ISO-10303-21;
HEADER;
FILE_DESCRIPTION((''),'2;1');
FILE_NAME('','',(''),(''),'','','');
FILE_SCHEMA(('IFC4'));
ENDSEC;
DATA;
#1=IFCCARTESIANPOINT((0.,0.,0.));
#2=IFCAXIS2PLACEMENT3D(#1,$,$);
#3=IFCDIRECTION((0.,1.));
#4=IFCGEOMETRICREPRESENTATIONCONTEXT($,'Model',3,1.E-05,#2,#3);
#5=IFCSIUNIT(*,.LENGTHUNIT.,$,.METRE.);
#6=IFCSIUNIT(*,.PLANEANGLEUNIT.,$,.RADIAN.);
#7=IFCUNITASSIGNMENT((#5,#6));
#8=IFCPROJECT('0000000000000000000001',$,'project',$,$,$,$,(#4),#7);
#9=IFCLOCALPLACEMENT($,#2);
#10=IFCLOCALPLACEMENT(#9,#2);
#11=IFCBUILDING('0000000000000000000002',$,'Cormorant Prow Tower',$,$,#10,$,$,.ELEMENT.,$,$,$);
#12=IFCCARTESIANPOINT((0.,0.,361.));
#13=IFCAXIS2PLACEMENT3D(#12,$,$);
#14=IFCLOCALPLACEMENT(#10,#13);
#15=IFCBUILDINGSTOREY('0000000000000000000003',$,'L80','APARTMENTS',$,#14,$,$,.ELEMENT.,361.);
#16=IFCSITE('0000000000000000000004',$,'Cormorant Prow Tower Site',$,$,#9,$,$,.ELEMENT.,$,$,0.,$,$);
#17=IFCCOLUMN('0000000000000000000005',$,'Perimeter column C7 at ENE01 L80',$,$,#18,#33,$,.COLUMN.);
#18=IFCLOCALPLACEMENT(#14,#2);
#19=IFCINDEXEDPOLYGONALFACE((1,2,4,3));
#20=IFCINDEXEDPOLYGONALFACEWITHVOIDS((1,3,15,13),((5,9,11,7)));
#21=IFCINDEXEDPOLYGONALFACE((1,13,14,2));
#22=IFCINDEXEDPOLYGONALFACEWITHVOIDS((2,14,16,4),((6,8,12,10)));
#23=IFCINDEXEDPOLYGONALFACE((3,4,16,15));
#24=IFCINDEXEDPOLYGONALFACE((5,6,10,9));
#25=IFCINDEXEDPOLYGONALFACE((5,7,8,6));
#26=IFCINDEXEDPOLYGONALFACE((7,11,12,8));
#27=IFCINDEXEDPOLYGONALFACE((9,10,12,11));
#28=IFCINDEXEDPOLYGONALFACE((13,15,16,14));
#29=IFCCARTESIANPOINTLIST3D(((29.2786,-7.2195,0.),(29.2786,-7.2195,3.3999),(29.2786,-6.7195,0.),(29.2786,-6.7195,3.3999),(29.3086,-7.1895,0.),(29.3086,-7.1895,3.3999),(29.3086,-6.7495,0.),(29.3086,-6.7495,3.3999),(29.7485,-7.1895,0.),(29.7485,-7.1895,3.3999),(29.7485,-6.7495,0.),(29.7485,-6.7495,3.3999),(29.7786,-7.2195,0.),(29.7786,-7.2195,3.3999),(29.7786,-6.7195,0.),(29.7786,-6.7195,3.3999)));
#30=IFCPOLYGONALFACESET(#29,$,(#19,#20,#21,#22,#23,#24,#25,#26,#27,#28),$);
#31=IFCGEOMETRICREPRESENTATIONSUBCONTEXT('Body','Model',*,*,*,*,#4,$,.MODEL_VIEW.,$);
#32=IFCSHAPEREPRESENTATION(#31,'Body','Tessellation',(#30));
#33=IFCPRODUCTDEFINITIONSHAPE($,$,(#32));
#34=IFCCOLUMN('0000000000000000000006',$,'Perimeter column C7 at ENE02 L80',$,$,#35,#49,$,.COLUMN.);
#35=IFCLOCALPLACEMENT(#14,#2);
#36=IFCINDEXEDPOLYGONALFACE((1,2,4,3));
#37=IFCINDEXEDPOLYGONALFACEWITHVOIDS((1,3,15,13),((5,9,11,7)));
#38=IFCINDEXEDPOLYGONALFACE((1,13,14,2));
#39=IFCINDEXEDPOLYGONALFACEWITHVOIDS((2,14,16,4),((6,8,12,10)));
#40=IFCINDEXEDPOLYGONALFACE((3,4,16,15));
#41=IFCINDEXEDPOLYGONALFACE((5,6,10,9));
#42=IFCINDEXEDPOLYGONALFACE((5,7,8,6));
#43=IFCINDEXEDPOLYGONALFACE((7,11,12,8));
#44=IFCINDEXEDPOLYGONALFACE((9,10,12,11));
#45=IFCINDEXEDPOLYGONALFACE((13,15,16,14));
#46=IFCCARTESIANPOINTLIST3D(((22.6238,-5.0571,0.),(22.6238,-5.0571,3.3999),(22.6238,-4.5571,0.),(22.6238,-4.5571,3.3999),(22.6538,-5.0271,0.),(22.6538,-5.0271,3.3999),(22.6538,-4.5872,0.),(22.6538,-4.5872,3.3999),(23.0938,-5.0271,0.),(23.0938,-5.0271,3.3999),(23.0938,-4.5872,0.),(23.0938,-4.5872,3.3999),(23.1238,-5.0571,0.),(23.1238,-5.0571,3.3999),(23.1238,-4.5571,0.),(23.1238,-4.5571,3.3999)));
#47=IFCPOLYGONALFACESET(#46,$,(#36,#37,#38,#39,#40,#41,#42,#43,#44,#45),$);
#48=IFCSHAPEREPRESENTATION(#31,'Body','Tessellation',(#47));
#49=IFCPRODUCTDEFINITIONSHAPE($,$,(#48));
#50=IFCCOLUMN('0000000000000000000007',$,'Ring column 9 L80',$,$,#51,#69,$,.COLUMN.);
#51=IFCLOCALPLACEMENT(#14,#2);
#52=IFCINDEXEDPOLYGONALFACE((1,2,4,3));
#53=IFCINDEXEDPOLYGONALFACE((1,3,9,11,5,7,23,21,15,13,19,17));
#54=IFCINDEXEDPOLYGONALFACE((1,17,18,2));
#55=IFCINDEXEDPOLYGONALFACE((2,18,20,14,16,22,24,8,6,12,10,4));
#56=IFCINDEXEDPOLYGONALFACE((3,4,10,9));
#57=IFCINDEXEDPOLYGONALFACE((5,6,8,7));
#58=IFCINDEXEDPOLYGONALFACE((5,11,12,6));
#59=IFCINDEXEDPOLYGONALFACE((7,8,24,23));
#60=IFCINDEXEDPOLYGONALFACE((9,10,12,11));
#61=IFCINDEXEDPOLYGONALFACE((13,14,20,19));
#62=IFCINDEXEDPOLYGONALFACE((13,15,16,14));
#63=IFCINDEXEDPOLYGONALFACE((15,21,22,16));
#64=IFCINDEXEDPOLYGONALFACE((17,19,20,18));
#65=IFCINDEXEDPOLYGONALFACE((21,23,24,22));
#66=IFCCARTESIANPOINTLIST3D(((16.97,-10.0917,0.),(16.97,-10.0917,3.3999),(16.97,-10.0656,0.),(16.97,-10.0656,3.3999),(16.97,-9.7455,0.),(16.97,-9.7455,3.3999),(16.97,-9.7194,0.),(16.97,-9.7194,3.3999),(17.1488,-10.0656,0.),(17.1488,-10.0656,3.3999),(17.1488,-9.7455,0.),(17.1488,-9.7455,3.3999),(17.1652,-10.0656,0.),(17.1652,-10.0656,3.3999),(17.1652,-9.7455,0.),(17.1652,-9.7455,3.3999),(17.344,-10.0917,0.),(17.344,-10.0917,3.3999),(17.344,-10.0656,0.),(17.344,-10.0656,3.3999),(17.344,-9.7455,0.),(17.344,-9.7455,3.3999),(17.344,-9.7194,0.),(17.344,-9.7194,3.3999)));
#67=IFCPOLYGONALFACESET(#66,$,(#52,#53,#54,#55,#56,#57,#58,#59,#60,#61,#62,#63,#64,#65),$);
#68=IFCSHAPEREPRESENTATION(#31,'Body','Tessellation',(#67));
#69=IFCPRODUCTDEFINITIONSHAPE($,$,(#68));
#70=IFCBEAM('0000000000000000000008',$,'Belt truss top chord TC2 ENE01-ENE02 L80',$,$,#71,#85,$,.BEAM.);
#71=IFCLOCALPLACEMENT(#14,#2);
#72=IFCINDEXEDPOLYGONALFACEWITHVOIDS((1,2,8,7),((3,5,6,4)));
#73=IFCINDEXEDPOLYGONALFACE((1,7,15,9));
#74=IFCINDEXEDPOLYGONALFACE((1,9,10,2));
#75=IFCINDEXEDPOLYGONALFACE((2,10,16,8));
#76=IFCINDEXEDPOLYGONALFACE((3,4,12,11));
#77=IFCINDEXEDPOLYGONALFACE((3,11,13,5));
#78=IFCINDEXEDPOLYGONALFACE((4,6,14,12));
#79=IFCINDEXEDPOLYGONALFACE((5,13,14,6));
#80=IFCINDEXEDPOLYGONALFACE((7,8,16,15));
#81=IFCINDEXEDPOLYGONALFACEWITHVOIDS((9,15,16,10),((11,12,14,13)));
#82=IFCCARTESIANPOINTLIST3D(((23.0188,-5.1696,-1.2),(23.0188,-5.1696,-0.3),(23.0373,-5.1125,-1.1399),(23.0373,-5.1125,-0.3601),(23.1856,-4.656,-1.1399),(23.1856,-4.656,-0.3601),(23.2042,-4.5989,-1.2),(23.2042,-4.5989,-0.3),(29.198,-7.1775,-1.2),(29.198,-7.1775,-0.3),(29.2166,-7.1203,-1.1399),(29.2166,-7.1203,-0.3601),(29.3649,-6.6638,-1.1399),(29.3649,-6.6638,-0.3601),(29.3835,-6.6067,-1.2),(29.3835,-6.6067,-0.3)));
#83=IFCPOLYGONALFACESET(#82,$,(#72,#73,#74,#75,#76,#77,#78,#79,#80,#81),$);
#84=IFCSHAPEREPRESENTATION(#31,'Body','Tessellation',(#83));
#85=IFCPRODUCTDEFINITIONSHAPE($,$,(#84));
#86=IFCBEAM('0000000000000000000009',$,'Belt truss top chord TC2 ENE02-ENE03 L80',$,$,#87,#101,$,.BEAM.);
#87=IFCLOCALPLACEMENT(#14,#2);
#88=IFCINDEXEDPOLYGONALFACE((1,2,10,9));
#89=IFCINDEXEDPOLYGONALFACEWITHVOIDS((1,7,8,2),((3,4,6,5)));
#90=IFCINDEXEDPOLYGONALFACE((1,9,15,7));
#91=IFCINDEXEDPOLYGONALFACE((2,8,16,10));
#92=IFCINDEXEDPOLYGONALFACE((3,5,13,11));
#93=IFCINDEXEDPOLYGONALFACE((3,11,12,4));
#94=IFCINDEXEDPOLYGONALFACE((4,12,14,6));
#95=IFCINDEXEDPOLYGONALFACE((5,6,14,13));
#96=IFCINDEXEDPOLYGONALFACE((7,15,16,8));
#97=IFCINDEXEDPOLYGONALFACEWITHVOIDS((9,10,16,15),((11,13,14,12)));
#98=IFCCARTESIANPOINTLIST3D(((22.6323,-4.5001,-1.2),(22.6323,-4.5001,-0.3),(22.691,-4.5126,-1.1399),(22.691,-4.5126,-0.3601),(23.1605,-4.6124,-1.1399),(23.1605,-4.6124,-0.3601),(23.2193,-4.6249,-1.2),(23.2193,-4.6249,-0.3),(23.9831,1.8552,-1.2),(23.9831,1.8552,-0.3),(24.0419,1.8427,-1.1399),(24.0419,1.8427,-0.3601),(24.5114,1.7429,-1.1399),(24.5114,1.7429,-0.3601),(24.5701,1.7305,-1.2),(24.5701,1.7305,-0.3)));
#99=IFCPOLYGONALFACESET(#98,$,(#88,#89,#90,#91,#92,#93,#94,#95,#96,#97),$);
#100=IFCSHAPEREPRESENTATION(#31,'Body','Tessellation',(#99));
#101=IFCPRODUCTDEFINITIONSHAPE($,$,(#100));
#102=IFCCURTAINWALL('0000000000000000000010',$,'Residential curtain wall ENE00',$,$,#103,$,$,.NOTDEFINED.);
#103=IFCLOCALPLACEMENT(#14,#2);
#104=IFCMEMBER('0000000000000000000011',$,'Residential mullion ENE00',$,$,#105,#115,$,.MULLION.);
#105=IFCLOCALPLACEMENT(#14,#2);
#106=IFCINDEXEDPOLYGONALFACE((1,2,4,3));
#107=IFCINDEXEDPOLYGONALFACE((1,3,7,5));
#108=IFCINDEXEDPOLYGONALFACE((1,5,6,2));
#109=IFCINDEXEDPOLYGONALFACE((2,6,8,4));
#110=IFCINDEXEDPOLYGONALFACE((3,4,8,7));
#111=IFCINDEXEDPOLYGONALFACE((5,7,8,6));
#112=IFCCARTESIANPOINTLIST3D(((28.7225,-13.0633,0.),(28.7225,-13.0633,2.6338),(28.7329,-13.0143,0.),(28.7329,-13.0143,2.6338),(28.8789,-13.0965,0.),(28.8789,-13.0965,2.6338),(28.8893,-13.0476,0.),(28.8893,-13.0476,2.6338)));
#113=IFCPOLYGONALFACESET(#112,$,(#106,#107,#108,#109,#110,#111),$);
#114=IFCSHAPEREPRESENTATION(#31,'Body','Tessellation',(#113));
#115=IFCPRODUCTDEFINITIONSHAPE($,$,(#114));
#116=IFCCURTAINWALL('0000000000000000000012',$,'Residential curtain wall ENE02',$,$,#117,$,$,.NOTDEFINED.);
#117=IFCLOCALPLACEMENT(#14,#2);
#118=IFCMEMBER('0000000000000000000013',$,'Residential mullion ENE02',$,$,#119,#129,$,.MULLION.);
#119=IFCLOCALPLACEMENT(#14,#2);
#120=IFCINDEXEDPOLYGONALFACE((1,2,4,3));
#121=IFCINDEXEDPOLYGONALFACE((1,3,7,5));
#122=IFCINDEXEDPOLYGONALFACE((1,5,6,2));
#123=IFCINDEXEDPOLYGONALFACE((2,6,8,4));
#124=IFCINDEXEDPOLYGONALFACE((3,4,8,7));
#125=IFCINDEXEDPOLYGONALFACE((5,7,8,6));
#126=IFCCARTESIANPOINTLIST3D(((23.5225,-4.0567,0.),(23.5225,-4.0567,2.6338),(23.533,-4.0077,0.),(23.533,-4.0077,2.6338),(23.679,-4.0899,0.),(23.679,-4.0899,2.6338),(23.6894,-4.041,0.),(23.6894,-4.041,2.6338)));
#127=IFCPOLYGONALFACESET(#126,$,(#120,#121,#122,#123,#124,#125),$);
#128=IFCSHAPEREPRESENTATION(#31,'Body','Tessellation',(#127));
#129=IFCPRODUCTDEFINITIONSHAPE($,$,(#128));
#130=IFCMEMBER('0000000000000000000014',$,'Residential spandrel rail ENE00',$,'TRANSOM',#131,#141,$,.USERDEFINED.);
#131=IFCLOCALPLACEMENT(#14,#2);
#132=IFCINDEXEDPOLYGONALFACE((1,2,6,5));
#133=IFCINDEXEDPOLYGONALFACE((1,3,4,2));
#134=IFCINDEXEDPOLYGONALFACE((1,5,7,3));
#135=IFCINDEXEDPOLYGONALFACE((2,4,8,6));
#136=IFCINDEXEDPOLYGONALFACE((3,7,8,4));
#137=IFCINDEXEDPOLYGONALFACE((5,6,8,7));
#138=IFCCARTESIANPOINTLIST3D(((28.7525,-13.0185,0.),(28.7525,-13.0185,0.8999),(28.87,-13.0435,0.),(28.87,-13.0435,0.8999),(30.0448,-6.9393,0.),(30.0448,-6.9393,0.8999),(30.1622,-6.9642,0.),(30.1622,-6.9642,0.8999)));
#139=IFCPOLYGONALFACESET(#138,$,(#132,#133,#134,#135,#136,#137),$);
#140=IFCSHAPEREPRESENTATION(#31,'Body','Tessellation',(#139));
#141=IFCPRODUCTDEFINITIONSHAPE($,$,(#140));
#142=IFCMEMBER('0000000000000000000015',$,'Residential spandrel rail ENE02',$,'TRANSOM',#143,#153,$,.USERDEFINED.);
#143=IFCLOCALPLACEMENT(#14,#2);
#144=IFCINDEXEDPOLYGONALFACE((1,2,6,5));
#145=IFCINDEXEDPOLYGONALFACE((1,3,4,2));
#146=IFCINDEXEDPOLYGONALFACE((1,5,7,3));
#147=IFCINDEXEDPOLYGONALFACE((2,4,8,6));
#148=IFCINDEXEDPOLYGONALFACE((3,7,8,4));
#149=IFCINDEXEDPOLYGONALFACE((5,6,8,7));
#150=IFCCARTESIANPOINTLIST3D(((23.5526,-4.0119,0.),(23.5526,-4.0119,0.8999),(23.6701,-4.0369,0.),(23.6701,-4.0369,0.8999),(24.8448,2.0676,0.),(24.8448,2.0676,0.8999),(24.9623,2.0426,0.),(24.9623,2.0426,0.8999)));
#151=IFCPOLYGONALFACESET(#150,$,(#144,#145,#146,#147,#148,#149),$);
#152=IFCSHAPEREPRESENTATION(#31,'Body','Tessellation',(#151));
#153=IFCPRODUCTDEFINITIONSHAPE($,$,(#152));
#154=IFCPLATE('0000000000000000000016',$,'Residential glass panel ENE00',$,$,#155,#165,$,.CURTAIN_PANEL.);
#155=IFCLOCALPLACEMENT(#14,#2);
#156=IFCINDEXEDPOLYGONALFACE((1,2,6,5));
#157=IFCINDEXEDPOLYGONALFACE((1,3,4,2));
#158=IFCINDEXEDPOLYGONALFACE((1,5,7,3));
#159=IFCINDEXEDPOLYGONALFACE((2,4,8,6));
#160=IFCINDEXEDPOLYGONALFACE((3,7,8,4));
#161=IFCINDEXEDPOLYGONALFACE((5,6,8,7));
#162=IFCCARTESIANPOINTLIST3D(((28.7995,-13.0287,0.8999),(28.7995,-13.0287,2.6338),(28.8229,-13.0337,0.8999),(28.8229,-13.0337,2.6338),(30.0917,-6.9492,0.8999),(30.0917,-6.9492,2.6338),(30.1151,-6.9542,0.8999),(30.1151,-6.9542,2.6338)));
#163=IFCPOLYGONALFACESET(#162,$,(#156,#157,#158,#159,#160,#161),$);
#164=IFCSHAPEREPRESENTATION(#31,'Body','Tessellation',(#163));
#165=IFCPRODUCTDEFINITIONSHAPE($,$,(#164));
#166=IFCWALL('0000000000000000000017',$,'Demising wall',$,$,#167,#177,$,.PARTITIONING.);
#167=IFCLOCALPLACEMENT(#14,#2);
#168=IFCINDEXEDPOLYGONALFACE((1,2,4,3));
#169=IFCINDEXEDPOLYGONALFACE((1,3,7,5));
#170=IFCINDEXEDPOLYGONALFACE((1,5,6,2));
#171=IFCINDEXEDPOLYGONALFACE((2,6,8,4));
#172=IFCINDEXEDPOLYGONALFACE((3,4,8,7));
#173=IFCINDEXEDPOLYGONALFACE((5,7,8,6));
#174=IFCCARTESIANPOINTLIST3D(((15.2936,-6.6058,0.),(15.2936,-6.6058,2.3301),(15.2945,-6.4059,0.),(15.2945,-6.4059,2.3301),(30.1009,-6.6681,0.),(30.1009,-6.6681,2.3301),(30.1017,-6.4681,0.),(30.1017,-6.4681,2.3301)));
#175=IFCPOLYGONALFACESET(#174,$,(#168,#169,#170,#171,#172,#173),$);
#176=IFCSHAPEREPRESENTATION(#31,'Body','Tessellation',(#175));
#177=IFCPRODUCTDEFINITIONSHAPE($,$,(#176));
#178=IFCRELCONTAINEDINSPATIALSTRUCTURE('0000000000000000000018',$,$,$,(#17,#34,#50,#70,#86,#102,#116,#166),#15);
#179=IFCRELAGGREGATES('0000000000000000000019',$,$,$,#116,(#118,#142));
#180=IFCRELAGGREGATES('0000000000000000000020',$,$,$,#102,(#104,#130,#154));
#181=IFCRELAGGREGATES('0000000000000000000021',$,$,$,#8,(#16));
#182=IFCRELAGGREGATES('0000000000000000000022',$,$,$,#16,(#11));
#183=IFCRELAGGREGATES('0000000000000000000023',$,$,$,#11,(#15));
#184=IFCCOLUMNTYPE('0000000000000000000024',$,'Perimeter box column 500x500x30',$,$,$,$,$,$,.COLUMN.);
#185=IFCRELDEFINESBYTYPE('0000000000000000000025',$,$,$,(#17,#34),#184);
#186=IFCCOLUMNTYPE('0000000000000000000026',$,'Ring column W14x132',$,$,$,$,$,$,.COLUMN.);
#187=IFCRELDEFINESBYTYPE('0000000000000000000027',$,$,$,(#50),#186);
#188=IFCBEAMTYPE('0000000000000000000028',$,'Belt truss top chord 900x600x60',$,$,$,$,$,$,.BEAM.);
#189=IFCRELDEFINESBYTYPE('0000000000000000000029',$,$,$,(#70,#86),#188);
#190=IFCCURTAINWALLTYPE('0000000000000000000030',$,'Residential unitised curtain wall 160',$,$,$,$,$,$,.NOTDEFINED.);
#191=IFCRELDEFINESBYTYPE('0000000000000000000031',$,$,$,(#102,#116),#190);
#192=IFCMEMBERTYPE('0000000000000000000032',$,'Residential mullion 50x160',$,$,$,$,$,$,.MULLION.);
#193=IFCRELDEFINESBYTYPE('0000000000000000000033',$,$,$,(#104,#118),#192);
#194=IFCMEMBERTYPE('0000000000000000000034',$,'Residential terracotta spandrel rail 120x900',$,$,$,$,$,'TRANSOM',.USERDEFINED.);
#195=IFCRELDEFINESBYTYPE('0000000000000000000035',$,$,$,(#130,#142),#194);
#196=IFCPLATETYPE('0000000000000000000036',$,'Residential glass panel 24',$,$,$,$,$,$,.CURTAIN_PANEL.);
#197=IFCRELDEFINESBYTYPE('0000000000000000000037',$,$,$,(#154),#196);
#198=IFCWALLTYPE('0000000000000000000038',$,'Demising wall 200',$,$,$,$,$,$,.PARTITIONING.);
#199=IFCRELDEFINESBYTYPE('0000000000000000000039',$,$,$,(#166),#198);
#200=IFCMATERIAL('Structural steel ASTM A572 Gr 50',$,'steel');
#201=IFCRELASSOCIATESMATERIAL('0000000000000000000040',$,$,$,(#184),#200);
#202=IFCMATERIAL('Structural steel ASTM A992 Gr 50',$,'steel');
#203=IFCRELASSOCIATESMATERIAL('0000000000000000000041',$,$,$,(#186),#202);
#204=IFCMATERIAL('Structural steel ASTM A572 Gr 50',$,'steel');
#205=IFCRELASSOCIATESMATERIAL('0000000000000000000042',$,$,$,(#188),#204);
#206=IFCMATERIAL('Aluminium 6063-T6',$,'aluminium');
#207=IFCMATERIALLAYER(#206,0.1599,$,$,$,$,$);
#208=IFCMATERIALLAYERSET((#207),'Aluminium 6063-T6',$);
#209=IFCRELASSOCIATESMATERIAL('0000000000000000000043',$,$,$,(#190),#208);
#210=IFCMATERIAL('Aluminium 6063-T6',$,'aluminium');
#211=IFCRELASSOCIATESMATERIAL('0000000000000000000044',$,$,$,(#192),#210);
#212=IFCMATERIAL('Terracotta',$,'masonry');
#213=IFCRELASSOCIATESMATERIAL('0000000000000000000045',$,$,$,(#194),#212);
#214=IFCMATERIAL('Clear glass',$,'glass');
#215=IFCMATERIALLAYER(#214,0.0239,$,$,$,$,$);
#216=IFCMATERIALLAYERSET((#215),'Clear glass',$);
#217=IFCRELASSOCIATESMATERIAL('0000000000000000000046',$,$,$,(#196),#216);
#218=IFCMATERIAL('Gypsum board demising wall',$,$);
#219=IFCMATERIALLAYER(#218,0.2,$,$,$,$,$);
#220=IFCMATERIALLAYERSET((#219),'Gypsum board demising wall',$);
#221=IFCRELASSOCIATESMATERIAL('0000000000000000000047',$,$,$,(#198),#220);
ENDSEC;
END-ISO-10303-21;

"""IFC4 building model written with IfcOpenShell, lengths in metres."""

from ifc_helpers import new_model, si_unit, direction, frame, frame_2d, origin, origin_2d, place, context, subcontext, project, spatial, rectangle, hollow_rectangle, i_section, extrude, material, layer, layer_set, material_profile, profile_set, type_object, element, aggregate, save


model = new_model("IFC4")

# Units and contexts
model_context = context("Model", 3, precision=1e-05, world=origin(), true_north=direction((0.0, 1.0)))
body_context = subcontext(model_context, "Body", "Model", "MODEL_VIEW")
ifc_project = project(units=[si_unit("LENGTHUNIT", "METRE"), si_unit("PLANEANGLEUNIT", "RADIAN")], contexts=[model_context])

# Site, building, storey
site_placement = place(None, origin())
site = spatial("IfcSite", under=ifc_project, at=site_placement, Name="Cormorant Prow Tower Site", CompositionType="ELEMENT", RefElevation=0.0)
building_placement = place(site_placement, origin())
building = spatial("IfcBuilding", under=site, at=building_placement, Name="Cormorant Prow Tower", CompositionType="ELEMENT")
storey_placement = place(building_placement, frame((0.0, 0.0, 361.0)))
storey = spatial("IfcBuildingStorey", under=building, at=storey_placement, Name="L80", Description="APARTMENTS", CompositionType="ELEMENT", Elevation=361.0)

# Columns
ifc_material_1 = material(Name="Structural steel ASTM A572 Gr 50", Category="steel")
ifc_material_profile_1 = material_profile(ifc_material_1, hollow_rectangle(XDim=0.5, YDim=0.5, WallThickness=0.03, at=origin_2d()), Name="Box 500x500x30")
ifc_profile_set_1 = profile_set([ifc_material_profile_1], Name="Structural steel ASTM A572 Gr 50")
column_type_1 = type_object("IfcColumnType", Name="Perimeter box column 500x500x30", PredefinedType="COLUMN", material=ifc_profile_set_1)
for number, where, z_axis, x_axis, name in (
    (1, (29.5286, -6.9695, 0.0), (0.0, 0.0, 1.0), (1.0, 0.0, 0.0), "Perimeter column C7 at ENE01 L80"),
    (2, (22.8738, -4.8071, 0.0), (0.0, 0.0, 1.0), (1.0, 0.0, 0.0), "Perimeter column C7 at ENE02 L80"),
):
    element("IfcColumn", number, at=place(storey_placement, frame(where, z_axis=z_axis, x_axis=x_axis)), inside=storey, type_object=column_type_1, Name=name, PredefinedType="COLUMN", context=body_context, shape_type="SweptSolid", body=[
        extrude(hollow_rectangle(XDim=0.5, YDim=0.5, WallThickness=0.03, at=origin_2d()), origin(), (0.0, 0.0, 1.0), 3.3999),
    ])
ifc_material_2 = material(Name="Structural steel ASTM A992 Gr 50", Category="steel")
ifc_material_profile_2 = material_profile(ifc_material_2, i_section(OverallWidth=0.374, OverallDepth=0.3723, WebThickness=0.0164, FlangeThickness=0.0261, at=origin_2d()), Name="W14x132")
ifc_profile_set_2 = profile_set([ifc_material_profile_2], Name="Structural steel ASTM A992 Gr 50")
column_type_2 = type_object("IfcColumnType", Name="Ring column W14x132", PredefinedType="COLUMN", material=ifc_profile_set_2)
column_placement = place(storey_placement, frame((17.157, -9.9055, 0.0), z_axis=(0.0, 0.0, 1.0), x_axis=(1.0, 0.0, 0.0)))
element("IfcColumn", 3, at=column_placement, inside=storey, type_object=column_type_2, Name="Ring column 9 L80", PredefinedType="COLUMN", context=body_context, shape_type="SweptSolid", body=[
    extrude(i_section(OverallWidth=0.374, OverallDepth=0.3723, WebThickness=0.0164, FlangeThickness=0.0261, at=origin_2d()), origin(), (0.0, 0.0, 1.0), 3.3999),
])

# Beams
ifc_material_3 = material(Name="Structural steel ASTM A572 Gr 50", Category="steel")
ifc_material_profile_3 = material_profile(ifc_material_3, hollow_rectangle(XDim=0.6001, YDim=0.8999, WallThickness=0.0601, at=origin_2d()), Name="Box 900x600x60")
ifc_profile_set_3 = profile_set([ifc_material_profile_3], Name="Structural steel ASTM A572 Gr 50")
beam_type = type_object("IfcBeamType", Name="Belt truss top chord 900x600x60", PredefinedType="BEAM", material=ifc_profile_set_3)
for number, where, z_axis, x_axis, name in (
    (4, (29.2908, -6.8921, -0.75), (-0.951053, 0.309027, 0.0), (-0.309027, -0.951053, 0.0), "Belt truss top chord TC2 ENE01-ENE02 L80"),
    (5, (22.9258, -4.5625, -0.75), (0.20791, 0.978148, 0.0), (-0.978148, 0.20791, 0.0), "Belt truss top chord TC2 ENE02-ENE03 L80"),
):
    element("IfcBeam", number, at=place(storey_placement, frame(where, z_axis=z_axis, x_axis=x_axis)), inside=storey, type_object=beam_type, Name=name, PredefinedType="BEAM", context=body_context, shape_type="SweptSolid", body=[
        extrude(hollow_rectangle(XDim=0.6001, YDim=0.8999, WallThickness=0.0601, at=origin_2d()), origin(), (0.0, 0.0, 1.0), 6.4973),
    ])

# Curtain walls, members
ifc_material_4 = material(Name="Aluminium 6063-T6", Category="aluminium")
ifc_layer_1 = layer(ifc_material_4, 0.1599)
ifc_layer_set_1 = layer_set([ifc_layer_1], Name="Aluminium 6063-T6")
curtain_wall_type = type_object("IfcCurtainWallType", Name="Residential unitised curtain wall 160", PredefinedType="NOTDEFINED", material=ifc_layer_set_1)
curtain_wall_1_placement = place(storey_placement, origin())
curtain_wall_1 = element("IfcCurtainWall", 6, at=curtain_wall_1_placement, inside=storey, type_object=curtain_wall_type, Name="Residential curtain wall ENE00", PredefinedType="NOTDEFINED")
ifc_material_5 = material(Name="Aluminium 6063-T6", Category="aluminium")
ifc_material_profile_4 = material_profile(ifc_material_5, rectangle(XDim=0.1599, YDim=0.05, at=origin_2d()), Name="Residential mullion 50x160")
ifc_profile_set_4 = profile_set([ifc_material_profile_4], Name="Aluminium 6063-T6")
member_type_1 = type_object("IfcMemberType", Name="Residential mullion 50x160", PredefinedType="MULLION", material=ifc_profile_set_4)
member_1_placement = place(storey_placement, frame((28.8059, -13.0554, 0.0), z_axis=(0.0, 0.0, 1.0), x_axis=(-0.978148, 0.207912, 0.0)))
member_1 = element("IfcMember", 7, at=member_1_placement, type_object=member_type_1, Name="Residential mullion ENE00", PredefinedType="MULLION", context=body_context, shape_type="SweptSolid", body=[
    extrude(rectangle(XDim=0.1599, YDim=0.05, at=origin_2d()), origin(), (0.0, 0.0, 1.0), 2.6338),
])
curtain_wall_2_placement = place(storey_placement, origin())
curtain_wall_2 = element("IfcCurtainWall", 8, at=curtain_wall_2_placement, inside=storey, type_object=curtain_wall_type, Name="Residential curtain wall ENE02", PredefinedType="NOTDEFINED")
member_2_placement = place(storey_placement, frame((23.606, -4.0488, 0.0), z_axis=(0.0, 0.0, 1.0), x_axis=(-0.978148, 0.207912, 0.0)))
member_2 = element("IfcMember", 9, at=member_2_placement, type_object=member_type_1, Name="Residential mullion ENE02", PredefinedType="MULLION", context=body_context, shape_type="SweptSolid", body=[
    extrude(rectangle(XDim=0.1599, YDim=0.05, at=origin_2d()), origin(), (0.0, 0.0, 1.0), 2.6338),
])

# Members
ifc_material_6 = material(Name="Terracotta", Category="masonry")
ifc_material_profile_5 = material_profile(ifc_material_6, rectangle(XDim=0.1201, YDim=0.8999, at=origin_2d()), Name="Residential terracotta spandrel rail 120x900")
ifc_profile_set_5 = profile_set([ifc_material_profile_5], Name="Terracotta")
member_type_2 = type_object("IfcMemberType", Name="Residential terracotta spandrel rail 120x900", ElementType="TRANSOM", PredefinedType="USERDEFINED", material=ifc_profile_set_5)
member_3_placement = place(storey_placement, frame((28.8113, -13.031, 0.45), z_axis=(0.207917, 0.978147, 0.0), x_axis=(-0.978147, 0.207917, 0.0)))
member_3 = element("IfcMember", 10, at=member_3_placement, type_object=member_type_2, Name="Residential spandrel rail ENE00", ObjectType="TRANSOM", PredefinedType="USERDEFINED", context=body_context, shape_type="SweptSolid", body=[
    extrude(rectangle(XDim=0.1201, YDim=0.8999, at=origin_2d()), origin(), (0.0, 0.0, 1.0), 6.2151),
])
member_4_placement = place(storey_placement, frame((23.6113, -4.0244, 0.45), z_axis=(0.207909, 0.978148, 0.0), x_axis=(-0.978148, 0.207909, 0.0)))
member_4 = element("IfcMember", 11, at=member_4_placement, type_object=member_type_2, Name="Residential spandrel rail ENE02", ObjectType="TRANSOM", PredefinedType="USERDEFINED", context=body_context, shape_type="SweptSolid", body=[
    extrude(rectangle(XDim=0.1201, YDim=0.8999, at=origin_2d()), origin(), (0.0, 0.0, 1.0), 6.2153),
])
aggregate(curtain_wall_2, [member_2, member_4])

# Plate
ifc_material_7 = material(Name="Clear glass", Category="glass")
ifc_layer_2 = layer(ifc_material_7, 0.0239)
ifc_layer_set_2 = layer_set([ifc_layer_2], Name="Clear glass")
plate_type = type_object("IfcPlateType", Name="Residential glass panel 24", PredefinedType="CURTAIN_PANEL", material=ifc_layer_set_2)
plate_placement = place(storey_placement, frame((29.4573, -9.9915, 0.8999), z_axis=(0.0, 0.0, 1.0), x_axis=(0.207912, 0.978148, 0.0)))
plate = element("IfcPlate", 12, at=plate_placement, type_object=plate_type, Name="Residential glass panel ENE00", PredefinedType="CURTAIN_PANEL", context=body_context, shape_type="SweptSolid", body=[
    extrude(rectangle(XDim=6.2153, YDim=0.0239, at=origin_2d()), origin(), (0.0, 0.0, 1.0), 1.7339),
])
aggregate(curtain_wall_1, [member_1, member_3, plate])

# Wall
ifc_material_8 = material(Name="Gypsum board demising wall")
ifc_layer_3 = layer(ifc_material_8, 0.2)
ifc_layer_set_3 = layer_set([ifc_layer_3], Name="Gypsum board demising wall")
wall_type_1 = type_object("IfcWallType", Name="Demising wall 200", PredefinedType="PARTITIONING", material=ifc_layer_set_3)
wall_1_placement = place(storey_placement, frame((15.2939, -6.5059, 0.0), z_axis=(0.0, 0.0, 1.0), x_axis=(0.999991, -0.004204, 0.0)))
element("IfcWall", 13, at=wall_1_placement, inside=storey, type_object=wall_type_1, Name="Demising wall", PredefinedType="PARTITIONING", context=body_context, shape_type="SweptSolid", body=[
    extrude(rectangle(XDim=14.8074, YDim=0.2, at=frame_2d((7.4038, 0.0))), origin(), (0.0, 0.0, 1.0), 2.3301),
])

save(model, "model.ifc")
